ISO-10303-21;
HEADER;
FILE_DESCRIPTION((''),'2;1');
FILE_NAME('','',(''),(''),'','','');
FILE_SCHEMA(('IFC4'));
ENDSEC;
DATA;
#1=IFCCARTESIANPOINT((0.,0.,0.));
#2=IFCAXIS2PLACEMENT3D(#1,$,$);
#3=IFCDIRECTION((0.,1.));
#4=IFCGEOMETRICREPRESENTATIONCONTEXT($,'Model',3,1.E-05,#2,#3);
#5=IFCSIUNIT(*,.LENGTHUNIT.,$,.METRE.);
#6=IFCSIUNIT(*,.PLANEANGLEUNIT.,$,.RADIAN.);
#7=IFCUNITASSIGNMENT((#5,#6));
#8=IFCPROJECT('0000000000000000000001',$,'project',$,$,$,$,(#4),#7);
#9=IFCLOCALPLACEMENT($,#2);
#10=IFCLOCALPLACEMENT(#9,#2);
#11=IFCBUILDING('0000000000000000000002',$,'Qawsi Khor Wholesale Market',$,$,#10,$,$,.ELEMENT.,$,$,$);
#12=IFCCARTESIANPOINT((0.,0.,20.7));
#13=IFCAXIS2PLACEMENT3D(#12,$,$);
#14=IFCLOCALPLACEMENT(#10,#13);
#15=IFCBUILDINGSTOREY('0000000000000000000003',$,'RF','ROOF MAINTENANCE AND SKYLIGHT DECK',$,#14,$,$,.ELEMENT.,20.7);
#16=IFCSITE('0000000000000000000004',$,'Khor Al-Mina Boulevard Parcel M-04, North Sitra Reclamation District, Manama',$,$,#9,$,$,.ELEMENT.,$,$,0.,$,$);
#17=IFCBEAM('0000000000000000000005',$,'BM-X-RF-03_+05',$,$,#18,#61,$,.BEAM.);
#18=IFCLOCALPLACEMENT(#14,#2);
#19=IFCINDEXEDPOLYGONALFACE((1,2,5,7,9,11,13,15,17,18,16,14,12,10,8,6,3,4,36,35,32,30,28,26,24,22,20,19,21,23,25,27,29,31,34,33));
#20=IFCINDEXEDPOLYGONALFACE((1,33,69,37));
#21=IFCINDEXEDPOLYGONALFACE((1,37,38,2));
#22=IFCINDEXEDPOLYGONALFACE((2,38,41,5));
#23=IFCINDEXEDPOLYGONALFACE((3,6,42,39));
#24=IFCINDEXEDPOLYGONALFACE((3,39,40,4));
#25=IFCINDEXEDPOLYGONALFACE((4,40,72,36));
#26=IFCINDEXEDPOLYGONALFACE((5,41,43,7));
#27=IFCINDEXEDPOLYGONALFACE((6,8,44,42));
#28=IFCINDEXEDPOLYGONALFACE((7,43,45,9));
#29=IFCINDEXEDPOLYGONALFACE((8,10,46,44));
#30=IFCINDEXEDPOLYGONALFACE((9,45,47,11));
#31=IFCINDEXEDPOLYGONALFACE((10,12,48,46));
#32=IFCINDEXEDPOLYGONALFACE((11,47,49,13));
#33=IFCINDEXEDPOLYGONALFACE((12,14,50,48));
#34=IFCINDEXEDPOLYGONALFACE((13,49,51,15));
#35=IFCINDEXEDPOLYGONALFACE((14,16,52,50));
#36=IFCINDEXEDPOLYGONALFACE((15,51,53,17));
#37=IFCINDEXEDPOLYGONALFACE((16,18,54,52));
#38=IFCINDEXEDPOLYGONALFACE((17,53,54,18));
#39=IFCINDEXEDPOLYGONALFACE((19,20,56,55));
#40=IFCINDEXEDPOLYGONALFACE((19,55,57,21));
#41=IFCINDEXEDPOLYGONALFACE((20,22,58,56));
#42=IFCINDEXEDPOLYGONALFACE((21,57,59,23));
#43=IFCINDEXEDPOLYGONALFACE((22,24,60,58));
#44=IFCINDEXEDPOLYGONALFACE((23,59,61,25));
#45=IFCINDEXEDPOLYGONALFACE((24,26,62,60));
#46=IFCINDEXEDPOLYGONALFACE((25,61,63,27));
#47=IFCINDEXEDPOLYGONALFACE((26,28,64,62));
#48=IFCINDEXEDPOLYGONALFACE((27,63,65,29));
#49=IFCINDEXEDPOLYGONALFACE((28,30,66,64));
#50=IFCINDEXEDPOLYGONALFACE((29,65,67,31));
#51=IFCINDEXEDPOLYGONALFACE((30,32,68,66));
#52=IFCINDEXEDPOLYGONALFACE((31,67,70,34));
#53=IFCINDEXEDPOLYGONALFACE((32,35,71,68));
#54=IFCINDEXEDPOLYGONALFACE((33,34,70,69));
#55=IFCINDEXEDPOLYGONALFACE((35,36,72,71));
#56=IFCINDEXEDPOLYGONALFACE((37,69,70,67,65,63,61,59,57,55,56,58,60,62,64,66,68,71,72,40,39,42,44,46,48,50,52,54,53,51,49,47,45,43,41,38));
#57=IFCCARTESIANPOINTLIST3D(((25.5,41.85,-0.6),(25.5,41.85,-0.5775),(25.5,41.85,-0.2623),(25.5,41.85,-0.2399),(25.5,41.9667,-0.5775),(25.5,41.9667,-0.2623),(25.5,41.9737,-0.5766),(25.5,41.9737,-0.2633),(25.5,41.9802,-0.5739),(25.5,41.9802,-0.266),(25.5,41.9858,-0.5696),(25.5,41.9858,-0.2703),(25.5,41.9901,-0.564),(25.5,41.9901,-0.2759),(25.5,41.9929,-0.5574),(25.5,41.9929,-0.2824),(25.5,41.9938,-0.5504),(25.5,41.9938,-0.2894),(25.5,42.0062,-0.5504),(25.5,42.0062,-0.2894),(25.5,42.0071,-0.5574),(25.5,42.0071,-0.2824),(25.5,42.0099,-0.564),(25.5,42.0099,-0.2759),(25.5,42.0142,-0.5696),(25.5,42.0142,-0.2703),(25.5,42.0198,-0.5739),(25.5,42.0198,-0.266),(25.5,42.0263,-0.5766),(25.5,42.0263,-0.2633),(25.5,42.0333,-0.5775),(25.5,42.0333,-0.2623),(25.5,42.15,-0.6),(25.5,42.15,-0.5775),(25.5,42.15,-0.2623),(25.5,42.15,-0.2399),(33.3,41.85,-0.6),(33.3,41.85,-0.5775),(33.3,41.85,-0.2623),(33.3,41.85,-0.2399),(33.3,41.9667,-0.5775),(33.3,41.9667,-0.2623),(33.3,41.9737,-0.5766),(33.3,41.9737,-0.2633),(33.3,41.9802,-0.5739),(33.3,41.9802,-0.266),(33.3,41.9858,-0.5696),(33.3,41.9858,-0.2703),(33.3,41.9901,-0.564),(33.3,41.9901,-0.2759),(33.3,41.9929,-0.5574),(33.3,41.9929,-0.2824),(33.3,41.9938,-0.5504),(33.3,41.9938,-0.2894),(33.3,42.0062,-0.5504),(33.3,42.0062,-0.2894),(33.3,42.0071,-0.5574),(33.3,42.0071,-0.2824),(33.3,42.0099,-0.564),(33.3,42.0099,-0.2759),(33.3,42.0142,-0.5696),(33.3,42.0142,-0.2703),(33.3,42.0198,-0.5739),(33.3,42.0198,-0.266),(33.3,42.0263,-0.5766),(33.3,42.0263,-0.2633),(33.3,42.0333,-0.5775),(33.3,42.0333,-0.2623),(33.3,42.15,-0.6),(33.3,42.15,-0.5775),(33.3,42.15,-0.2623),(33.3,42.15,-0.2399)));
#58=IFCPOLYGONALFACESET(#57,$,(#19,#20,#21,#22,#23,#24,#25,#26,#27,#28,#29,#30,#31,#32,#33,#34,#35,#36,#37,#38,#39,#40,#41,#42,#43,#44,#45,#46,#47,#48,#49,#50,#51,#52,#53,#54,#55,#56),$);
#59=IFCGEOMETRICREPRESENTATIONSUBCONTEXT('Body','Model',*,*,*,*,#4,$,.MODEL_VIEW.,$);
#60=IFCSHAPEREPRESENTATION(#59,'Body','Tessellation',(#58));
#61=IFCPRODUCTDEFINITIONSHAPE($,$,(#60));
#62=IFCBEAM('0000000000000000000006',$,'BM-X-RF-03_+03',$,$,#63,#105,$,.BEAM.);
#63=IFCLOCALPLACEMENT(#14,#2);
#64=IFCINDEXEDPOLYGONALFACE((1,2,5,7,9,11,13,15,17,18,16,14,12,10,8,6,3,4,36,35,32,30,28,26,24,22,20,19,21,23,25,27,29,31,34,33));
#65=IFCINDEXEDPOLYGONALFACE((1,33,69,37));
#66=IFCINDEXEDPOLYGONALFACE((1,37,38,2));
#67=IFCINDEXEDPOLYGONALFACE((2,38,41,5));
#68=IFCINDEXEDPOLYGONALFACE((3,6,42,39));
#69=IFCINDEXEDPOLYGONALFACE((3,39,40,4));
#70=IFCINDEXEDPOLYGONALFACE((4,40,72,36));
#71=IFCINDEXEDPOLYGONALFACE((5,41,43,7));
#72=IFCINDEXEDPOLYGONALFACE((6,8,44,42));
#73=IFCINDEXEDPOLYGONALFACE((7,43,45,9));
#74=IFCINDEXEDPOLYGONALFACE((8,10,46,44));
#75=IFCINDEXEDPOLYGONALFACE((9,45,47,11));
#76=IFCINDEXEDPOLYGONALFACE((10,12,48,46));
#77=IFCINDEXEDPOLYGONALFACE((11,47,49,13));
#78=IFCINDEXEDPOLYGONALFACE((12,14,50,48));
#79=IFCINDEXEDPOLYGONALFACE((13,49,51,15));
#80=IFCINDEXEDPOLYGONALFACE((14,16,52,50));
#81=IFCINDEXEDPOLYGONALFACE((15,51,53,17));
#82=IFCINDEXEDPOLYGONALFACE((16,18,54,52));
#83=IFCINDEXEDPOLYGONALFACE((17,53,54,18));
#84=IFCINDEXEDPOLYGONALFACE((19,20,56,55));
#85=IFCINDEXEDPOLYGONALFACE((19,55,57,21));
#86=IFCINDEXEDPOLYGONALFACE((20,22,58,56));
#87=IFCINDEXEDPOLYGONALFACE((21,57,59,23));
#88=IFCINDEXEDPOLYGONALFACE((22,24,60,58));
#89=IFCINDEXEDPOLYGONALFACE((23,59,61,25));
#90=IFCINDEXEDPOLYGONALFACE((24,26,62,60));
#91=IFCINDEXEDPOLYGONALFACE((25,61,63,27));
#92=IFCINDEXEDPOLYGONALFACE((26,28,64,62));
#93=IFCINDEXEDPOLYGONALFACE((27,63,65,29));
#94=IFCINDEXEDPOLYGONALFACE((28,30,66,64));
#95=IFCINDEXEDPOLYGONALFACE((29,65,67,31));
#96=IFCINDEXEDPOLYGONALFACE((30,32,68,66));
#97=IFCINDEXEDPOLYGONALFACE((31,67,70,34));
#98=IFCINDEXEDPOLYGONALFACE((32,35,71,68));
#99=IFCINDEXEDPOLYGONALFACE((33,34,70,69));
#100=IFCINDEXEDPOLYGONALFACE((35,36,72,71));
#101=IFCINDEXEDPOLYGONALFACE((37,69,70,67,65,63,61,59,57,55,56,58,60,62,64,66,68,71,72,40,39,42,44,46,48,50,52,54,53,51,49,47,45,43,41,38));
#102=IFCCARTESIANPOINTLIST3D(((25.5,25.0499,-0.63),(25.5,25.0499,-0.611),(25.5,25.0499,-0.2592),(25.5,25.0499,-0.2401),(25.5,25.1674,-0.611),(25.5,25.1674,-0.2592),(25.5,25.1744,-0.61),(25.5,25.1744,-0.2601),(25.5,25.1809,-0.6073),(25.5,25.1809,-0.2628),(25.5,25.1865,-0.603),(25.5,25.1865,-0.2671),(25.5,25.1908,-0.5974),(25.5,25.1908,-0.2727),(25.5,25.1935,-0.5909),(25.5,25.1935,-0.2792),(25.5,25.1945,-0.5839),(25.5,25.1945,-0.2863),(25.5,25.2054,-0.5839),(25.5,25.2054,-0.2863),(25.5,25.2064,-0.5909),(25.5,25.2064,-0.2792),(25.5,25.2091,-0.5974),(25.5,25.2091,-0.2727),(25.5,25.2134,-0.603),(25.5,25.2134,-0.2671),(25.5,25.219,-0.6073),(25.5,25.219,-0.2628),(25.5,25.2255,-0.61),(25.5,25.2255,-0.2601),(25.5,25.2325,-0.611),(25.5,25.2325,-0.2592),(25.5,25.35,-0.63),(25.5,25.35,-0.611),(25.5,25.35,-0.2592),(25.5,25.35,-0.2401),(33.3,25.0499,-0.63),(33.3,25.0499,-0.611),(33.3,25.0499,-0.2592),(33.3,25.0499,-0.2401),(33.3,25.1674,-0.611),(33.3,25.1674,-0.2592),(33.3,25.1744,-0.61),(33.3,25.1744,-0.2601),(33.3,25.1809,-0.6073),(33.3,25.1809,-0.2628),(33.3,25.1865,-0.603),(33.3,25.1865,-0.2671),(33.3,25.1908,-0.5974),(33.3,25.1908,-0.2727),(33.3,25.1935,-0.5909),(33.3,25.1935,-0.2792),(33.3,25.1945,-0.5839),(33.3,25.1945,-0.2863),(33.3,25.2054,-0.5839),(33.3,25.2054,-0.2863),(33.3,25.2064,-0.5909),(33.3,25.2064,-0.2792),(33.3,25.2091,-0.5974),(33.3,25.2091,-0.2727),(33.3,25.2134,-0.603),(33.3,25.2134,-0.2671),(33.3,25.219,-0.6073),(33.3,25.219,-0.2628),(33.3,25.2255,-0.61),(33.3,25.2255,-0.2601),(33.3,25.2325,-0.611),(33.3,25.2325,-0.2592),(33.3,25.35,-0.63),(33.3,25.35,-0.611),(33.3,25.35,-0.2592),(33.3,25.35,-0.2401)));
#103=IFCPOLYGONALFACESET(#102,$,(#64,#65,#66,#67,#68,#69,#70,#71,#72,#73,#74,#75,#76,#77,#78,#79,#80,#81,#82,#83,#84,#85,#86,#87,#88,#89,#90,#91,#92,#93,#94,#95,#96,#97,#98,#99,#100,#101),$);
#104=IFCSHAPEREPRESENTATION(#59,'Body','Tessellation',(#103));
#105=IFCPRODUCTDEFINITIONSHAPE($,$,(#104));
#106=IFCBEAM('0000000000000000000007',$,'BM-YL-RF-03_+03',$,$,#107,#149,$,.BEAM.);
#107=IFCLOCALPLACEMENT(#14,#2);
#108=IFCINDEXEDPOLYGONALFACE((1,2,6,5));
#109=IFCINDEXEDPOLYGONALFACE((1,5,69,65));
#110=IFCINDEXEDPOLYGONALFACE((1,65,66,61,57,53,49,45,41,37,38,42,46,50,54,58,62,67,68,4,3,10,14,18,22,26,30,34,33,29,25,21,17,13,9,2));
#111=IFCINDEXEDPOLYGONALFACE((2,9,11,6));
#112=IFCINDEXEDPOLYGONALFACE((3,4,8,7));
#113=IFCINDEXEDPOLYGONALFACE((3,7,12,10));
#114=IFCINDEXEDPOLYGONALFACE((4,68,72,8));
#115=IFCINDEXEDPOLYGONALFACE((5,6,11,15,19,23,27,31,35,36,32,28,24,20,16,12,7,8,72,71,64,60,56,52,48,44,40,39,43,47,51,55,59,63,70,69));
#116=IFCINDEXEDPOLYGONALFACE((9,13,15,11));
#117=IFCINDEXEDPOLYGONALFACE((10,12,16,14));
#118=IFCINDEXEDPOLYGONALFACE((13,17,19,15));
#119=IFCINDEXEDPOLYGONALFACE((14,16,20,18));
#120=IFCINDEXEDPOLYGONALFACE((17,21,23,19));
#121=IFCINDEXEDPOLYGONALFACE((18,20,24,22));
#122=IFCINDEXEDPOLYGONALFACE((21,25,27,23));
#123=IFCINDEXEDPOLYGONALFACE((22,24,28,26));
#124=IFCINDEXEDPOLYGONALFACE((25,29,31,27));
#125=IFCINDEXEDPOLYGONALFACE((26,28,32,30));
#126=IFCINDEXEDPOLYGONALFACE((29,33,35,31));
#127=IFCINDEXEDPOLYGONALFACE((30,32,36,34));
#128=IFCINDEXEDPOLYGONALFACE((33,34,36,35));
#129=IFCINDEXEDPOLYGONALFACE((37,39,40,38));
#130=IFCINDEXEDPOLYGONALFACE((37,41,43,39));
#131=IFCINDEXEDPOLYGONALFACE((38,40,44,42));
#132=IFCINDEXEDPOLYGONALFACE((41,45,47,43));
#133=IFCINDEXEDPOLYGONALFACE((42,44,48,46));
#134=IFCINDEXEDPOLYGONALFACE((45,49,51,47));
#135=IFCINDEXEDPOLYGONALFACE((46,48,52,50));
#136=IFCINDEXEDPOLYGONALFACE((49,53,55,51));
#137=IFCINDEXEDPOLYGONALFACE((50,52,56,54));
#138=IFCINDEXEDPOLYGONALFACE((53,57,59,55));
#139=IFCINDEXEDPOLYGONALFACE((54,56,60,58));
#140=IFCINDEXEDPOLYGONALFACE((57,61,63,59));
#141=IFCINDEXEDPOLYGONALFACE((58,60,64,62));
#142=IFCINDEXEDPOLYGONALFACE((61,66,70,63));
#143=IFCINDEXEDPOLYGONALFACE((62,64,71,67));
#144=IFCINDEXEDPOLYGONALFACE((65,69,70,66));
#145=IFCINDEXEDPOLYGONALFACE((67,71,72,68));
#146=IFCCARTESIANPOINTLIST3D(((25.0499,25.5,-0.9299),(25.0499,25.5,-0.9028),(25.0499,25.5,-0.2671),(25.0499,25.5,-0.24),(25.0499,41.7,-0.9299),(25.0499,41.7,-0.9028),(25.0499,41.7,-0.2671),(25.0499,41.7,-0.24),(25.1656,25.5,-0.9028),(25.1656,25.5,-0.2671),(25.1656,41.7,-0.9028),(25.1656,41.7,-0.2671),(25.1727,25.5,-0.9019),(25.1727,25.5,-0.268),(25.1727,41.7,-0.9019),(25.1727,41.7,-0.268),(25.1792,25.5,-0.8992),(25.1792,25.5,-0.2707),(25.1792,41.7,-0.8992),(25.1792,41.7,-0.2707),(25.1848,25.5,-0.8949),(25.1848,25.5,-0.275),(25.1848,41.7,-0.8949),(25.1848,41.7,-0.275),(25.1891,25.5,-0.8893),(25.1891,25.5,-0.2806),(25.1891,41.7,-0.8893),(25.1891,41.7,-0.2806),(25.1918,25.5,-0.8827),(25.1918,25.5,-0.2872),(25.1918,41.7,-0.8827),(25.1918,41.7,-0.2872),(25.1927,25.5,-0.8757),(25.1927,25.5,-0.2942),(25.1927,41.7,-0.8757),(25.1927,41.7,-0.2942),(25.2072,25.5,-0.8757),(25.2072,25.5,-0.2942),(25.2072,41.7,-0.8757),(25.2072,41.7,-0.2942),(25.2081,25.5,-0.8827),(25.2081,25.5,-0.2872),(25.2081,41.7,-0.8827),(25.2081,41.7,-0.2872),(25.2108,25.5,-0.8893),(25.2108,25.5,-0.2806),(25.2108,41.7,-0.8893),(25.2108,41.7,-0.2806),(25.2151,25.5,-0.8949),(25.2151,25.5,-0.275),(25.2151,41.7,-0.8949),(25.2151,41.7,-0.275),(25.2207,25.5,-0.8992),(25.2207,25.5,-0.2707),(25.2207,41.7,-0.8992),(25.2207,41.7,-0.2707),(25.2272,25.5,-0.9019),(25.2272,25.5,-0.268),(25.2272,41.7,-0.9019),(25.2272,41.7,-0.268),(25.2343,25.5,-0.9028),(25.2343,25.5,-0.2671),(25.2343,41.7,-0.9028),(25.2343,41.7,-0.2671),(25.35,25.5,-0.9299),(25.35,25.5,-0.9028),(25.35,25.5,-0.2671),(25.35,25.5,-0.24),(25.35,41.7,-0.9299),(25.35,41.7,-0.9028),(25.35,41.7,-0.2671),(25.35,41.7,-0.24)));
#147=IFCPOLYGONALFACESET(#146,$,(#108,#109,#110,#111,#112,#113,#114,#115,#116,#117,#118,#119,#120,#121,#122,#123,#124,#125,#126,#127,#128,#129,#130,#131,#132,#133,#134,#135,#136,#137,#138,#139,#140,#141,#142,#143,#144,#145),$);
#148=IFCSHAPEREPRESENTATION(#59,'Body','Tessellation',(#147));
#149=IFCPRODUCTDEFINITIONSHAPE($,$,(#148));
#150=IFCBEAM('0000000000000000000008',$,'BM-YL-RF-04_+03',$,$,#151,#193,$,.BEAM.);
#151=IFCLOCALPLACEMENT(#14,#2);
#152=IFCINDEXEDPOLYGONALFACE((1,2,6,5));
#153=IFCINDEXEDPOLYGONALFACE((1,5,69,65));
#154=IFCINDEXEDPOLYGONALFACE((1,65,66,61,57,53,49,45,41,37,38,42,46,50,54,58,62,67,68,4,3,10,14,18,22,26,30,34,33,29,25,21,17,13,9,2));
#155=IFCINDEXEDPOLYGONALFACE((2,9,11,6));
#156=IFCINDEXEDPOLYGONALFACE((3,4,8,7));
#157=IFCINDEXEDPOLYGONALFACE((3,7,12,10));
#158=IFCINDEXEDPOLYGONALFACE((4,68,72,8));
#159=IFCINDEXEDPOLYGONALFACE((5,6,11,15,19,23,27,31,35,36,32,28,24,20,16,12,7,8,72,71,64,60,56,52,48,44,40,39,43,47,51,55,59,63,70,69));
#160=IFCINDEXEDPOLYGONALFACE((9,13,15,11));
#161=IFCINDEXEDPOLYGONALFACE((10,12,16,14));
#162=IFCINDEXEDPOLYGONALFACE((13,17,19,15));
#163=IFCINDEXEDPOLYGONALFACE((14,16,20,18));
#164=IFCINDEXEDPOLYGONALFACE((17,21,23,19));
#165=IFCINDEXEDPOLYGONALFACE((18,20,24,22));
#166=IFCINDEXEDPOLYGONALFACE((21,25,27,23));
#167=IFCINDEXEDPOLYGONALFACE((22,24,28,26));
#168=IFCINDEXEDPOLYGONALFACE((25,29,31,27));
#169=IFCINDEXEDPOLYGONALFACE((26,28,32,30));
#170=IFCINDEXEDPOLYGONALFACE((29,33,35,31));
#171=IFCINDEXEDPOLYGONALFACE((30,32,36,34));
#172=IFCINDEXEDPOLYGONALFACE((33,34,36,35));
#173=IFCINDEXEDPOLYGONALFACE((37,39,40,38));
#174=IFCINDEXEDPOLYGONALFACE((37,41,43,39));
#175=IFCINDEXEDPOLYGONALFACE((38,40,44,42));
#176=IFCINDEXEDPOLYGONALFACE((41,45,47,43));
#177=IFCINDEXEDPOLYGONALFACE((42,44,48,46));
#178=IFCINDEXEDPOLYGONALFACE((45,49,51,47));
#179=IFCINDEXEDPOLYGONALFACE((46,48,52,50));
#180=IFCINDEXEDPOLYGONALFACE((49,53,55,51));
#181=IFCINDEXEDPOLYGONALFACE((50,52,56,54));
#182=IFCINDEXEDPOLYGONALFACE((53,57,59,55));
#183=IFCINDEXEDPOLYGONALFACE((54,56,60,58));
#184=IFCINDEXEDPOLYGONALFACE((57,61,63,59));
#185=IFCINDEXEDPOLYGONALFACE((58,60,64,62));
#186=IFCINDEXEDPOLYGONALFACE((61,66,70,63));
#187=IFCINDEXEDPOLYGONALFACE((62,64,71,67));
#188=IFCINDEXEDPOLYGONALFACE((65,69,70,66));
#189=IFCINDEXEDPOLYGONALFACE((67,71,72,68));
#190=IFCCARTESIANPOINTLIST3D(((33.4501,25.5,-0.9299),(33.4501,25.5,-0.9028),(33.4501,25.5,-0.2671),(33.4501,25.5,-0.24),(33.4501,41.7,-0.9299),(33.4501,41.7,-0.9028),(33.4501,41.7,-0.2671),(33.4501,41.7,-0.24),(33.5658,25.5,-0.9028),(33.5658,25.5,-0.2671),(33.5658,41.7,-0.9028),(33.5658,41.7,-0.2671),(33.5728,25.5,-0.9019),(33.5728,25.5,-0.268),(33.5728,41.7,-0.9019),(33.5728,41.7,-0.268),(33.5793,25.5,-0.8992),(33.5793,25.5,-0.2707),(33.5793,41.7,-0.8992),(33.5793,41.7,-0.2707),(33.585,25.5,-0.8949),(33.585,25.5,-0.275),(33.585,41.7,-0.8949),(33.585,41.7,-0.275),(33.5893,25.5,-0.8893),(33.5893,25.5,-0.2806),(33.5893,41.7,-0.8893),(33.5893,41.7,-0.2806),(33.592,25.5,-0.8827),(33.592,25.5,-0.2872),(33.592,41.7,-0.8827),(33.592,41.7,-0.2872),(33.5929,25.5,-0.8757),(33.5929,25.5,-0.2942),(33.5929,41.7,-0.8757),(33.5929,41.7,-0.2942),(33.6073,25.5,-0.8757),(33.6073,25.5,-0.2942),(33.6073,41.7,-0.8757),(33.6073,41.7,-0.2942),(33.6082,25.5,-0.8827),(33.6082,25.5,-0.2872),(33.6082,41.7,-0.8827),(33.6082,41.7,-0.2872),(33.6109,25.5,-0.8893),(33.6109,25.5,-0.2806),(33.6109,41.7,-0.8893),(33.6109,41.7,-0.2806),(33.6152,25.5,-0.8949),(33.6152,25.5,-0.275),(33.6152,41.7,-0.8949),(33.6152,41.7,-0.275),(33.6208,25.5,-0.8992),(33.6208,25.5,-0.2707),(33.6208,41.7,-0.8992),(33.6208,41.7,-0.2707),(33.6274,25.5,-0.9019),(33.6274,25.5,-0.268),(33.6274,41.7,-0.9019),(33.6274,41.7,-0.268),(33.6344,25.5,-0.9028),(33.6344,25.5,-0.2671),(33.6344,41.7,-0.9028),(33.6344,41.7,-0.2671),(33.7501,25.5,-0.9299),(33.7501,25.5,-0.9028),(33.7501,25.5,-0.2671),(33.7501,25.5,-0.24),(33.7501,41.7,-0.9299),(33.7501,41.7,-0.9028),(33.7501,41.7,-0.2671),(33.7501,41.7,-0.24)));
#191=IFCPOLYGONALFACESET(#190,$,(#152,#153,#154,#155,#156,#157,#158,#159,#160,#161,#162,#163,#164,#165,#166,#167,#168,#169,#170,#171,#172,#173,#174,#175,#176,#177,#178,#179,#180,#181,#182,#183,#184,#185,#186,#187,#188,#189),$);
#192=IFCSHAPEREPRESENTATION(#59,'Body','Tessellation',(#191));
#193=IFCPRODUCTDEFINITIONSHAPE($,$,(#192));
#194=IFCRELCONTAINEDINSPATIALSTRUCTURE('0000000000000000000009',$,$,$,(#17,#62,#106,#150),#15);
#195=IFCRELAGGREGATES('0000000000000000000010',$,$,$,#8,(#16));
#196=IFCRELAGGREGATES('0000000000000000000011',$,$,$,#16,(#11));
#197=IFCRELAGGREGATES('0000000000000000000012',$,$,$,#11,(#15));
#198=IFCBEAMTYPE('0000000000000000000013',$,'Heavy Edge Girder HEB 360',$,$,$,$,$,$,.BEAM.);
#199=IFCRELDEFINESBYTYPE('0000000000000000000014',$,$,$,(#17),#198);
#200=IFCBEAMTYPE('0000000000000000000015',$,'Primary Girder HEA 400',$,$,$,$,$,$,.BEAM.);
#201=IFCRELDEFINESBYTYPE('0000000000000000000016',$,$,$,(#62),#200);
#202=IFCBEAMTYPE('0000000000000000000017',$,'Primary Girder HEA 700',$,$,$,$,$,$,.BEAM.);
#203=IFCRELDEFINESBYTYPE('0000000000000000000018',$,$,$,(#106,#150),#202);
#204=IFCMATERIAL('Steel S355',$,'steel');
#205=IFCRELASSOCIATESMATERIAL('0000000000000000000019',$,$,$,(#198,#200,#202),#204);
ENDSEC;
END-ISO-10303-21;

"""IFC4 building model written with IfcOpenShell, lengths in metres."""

from ifc_helpers import new_model, si_unit, direction, frame, origin, origin_2d, place, context, subcontext, project, spatial, i_section, extrude, material, material_profile, profile_set, type_object, element, save


model = new_model("IFC4")

# Units and contexts
model_context = context("Model", 3, precision=1e-05, world=origin(), true_north=direction((0.0, 1.0)))
body_context = subcontext(model_context, "Body", "Model", "MODEL_VIEW")
ifc_project = project(units=[si_unit("LENGTHUNIT", "METRE"), si_unit("PLANEANGLEUNIT", "RADIAN")], contexts=[model_context])

# Site, building, storey
site_placement = place(None, origin())
site = spatial("IfcSite", under=ifc_project, at=site_placement, Name="Khor Al-Mina Boulevard Parcel M-04, North Sitra Reclamation District, Manama", CompositionType="ELEMENT", RefElevation=0.0)
building_placement = place(site_placement, origin())
building = spatial("IfcBuilding", under=site, at=building_placement, Name="Qawsi Khor Wholesale Market", CompositionType="ELEMENT")
storey_placement = place(building_placement, frame((0.0, 0.0, 20.7)))
storey = spatial("IfcBuildingStorey", under=building, at=storey_placement, Name="RF", Description="ROOF MAINTENANCE AND SKYLIGHT DECK", CompositionType="ELEMENT", Elevation=20.7)

# Beams
ifc_material_1 = material(Name="Steel S355", Category="steel")
ifc_material_profile_1 = material_profile(ifc_material_1, i_section(OverallWidth=0.3, OverallDepth=0.3601, WebThickness=0.0125, FlangeThickness=0.0225, FilletRadius=0.0271, at=origin_2d()), Name="HEB 360")
ifc_profile_set_1 = profile_set([ifc_material_profile_1], Name="Steel S355")
beam_type_1 = type_object("IfcBeamType", Name="Heavy Edge Girder HEB 360", PredefinedType="BEAM", material=ifc_profile_set_1)
beam_1_placement = place(storey_placement, frame((25.5, 42.0, -0.4199), z_axis=(1.0, 0.0, 0.0), x_axis=(0.0, 1.0, 0.0)))
element("IfcBeam", 1, at=beam_1_placement, inside=storey, type_object=beam_type_1, Name="BM-X-RF-03_+05", PredefinedType="BEAM", context=body_context, shape_type="SweptSolid", body=[
    extrude(i_section(OverallWidth=0.3, OverallDepth=0.3601, WebThickness=0.0125, FlangeThickness=0.0225, FilletRadius=0.0271, at=origin_2d()), origin(), (0.0, 0.0, 1.0), 7.8),
])
ifc_material_profile_2 = material_profile(ifc_material_1, i_section(OverallWidth=0.3, OverallDepth=0.3899, WebThickness=0.011, FlangeThickness=0.019, FilletRadius=0.0271, at=origin_2d()), Name="HEA 400")
ifc_profile_set_2 = profile_set([ifc_material_profile_2], Name="Steel S355")
beam_type_2 = type_object("IfcBeamType", Name="Primary Girder HEA 400", PredefinedType="BEAM", material=ifc_profile_set_2)
beam_2_placement = place(storey_placement, frame((25.5, 25.2, -0.4351), z_axis=(1.0, 0.0, 0.0), x_axis=(0.0, 1.0, 0.0)))
element("IfcBeam", 2, at=beam_2_placement, inside=storey, type_object=beam_type_2, Name="BM-X-RF-03_+03", PredefinedType="BEAM", context=body_context, shape_type="SweptSolid", body=[
    extrude(i_section(OverallWidth=0.3, OverallDepth=0.3899, WebThickness=0.011, FlangeThickness=0.019, FilletRadius=0.0271, at=origin_2d()), origin(), (0.0, 0.0, 1.0), 7.8),
])
ifc_material_profile_3 = material_profile(ifc_material_1, i_section(OverallWidth=0.3, OverallDepth=0.6899, WebThickness=0.0144, FlangeThickness=0.0271, FilletRadius=0.0271, at=origin_2d()), Name="HEA 700")
ifc_profile_set_3 = profile_set([ifc_material_profile_3], Name="Steel S355")
beam_type_3 = type_object("IfcBeamType", Name="Primary Girder HEA 700", PredefinedType="BEAM", material=ifc_profile_set_3)
for number, where, z_axis, x_axis, name in (
    (3, (25.2, 25.5, -0.585), (0.0, 1.0, 0.0), (-1.0, 0.0, 0.0), "BM-YL-RF-03_+03"),
    (4, (33.6001, 25.5, -0.585), (0.0, 1.0, 0.0), (-1.0, 0.0, 0.0), "BM-YL-RF-04_+03"),
):
    element("IfcBeam", number, at=place(storey_placement, frame(where, z_axis=z_axis, x_axis=x_axis)), inside=storey, type_object=beam_type_3, Name=name, PredefinedType="BEAM", context=body_context, shape_type="SweptSolid", body=[
        extrude(i_section(OverallWidth=0.3, OverallDepth=0.6899, WebThickness=0.0144, FlangeThickness=0.0271, FilletRadius=0.0271, at=origin_2d()), origin(), (0.0, 0.0, 1.0), 16.2),
    ])

save(model, "model.ifc")
